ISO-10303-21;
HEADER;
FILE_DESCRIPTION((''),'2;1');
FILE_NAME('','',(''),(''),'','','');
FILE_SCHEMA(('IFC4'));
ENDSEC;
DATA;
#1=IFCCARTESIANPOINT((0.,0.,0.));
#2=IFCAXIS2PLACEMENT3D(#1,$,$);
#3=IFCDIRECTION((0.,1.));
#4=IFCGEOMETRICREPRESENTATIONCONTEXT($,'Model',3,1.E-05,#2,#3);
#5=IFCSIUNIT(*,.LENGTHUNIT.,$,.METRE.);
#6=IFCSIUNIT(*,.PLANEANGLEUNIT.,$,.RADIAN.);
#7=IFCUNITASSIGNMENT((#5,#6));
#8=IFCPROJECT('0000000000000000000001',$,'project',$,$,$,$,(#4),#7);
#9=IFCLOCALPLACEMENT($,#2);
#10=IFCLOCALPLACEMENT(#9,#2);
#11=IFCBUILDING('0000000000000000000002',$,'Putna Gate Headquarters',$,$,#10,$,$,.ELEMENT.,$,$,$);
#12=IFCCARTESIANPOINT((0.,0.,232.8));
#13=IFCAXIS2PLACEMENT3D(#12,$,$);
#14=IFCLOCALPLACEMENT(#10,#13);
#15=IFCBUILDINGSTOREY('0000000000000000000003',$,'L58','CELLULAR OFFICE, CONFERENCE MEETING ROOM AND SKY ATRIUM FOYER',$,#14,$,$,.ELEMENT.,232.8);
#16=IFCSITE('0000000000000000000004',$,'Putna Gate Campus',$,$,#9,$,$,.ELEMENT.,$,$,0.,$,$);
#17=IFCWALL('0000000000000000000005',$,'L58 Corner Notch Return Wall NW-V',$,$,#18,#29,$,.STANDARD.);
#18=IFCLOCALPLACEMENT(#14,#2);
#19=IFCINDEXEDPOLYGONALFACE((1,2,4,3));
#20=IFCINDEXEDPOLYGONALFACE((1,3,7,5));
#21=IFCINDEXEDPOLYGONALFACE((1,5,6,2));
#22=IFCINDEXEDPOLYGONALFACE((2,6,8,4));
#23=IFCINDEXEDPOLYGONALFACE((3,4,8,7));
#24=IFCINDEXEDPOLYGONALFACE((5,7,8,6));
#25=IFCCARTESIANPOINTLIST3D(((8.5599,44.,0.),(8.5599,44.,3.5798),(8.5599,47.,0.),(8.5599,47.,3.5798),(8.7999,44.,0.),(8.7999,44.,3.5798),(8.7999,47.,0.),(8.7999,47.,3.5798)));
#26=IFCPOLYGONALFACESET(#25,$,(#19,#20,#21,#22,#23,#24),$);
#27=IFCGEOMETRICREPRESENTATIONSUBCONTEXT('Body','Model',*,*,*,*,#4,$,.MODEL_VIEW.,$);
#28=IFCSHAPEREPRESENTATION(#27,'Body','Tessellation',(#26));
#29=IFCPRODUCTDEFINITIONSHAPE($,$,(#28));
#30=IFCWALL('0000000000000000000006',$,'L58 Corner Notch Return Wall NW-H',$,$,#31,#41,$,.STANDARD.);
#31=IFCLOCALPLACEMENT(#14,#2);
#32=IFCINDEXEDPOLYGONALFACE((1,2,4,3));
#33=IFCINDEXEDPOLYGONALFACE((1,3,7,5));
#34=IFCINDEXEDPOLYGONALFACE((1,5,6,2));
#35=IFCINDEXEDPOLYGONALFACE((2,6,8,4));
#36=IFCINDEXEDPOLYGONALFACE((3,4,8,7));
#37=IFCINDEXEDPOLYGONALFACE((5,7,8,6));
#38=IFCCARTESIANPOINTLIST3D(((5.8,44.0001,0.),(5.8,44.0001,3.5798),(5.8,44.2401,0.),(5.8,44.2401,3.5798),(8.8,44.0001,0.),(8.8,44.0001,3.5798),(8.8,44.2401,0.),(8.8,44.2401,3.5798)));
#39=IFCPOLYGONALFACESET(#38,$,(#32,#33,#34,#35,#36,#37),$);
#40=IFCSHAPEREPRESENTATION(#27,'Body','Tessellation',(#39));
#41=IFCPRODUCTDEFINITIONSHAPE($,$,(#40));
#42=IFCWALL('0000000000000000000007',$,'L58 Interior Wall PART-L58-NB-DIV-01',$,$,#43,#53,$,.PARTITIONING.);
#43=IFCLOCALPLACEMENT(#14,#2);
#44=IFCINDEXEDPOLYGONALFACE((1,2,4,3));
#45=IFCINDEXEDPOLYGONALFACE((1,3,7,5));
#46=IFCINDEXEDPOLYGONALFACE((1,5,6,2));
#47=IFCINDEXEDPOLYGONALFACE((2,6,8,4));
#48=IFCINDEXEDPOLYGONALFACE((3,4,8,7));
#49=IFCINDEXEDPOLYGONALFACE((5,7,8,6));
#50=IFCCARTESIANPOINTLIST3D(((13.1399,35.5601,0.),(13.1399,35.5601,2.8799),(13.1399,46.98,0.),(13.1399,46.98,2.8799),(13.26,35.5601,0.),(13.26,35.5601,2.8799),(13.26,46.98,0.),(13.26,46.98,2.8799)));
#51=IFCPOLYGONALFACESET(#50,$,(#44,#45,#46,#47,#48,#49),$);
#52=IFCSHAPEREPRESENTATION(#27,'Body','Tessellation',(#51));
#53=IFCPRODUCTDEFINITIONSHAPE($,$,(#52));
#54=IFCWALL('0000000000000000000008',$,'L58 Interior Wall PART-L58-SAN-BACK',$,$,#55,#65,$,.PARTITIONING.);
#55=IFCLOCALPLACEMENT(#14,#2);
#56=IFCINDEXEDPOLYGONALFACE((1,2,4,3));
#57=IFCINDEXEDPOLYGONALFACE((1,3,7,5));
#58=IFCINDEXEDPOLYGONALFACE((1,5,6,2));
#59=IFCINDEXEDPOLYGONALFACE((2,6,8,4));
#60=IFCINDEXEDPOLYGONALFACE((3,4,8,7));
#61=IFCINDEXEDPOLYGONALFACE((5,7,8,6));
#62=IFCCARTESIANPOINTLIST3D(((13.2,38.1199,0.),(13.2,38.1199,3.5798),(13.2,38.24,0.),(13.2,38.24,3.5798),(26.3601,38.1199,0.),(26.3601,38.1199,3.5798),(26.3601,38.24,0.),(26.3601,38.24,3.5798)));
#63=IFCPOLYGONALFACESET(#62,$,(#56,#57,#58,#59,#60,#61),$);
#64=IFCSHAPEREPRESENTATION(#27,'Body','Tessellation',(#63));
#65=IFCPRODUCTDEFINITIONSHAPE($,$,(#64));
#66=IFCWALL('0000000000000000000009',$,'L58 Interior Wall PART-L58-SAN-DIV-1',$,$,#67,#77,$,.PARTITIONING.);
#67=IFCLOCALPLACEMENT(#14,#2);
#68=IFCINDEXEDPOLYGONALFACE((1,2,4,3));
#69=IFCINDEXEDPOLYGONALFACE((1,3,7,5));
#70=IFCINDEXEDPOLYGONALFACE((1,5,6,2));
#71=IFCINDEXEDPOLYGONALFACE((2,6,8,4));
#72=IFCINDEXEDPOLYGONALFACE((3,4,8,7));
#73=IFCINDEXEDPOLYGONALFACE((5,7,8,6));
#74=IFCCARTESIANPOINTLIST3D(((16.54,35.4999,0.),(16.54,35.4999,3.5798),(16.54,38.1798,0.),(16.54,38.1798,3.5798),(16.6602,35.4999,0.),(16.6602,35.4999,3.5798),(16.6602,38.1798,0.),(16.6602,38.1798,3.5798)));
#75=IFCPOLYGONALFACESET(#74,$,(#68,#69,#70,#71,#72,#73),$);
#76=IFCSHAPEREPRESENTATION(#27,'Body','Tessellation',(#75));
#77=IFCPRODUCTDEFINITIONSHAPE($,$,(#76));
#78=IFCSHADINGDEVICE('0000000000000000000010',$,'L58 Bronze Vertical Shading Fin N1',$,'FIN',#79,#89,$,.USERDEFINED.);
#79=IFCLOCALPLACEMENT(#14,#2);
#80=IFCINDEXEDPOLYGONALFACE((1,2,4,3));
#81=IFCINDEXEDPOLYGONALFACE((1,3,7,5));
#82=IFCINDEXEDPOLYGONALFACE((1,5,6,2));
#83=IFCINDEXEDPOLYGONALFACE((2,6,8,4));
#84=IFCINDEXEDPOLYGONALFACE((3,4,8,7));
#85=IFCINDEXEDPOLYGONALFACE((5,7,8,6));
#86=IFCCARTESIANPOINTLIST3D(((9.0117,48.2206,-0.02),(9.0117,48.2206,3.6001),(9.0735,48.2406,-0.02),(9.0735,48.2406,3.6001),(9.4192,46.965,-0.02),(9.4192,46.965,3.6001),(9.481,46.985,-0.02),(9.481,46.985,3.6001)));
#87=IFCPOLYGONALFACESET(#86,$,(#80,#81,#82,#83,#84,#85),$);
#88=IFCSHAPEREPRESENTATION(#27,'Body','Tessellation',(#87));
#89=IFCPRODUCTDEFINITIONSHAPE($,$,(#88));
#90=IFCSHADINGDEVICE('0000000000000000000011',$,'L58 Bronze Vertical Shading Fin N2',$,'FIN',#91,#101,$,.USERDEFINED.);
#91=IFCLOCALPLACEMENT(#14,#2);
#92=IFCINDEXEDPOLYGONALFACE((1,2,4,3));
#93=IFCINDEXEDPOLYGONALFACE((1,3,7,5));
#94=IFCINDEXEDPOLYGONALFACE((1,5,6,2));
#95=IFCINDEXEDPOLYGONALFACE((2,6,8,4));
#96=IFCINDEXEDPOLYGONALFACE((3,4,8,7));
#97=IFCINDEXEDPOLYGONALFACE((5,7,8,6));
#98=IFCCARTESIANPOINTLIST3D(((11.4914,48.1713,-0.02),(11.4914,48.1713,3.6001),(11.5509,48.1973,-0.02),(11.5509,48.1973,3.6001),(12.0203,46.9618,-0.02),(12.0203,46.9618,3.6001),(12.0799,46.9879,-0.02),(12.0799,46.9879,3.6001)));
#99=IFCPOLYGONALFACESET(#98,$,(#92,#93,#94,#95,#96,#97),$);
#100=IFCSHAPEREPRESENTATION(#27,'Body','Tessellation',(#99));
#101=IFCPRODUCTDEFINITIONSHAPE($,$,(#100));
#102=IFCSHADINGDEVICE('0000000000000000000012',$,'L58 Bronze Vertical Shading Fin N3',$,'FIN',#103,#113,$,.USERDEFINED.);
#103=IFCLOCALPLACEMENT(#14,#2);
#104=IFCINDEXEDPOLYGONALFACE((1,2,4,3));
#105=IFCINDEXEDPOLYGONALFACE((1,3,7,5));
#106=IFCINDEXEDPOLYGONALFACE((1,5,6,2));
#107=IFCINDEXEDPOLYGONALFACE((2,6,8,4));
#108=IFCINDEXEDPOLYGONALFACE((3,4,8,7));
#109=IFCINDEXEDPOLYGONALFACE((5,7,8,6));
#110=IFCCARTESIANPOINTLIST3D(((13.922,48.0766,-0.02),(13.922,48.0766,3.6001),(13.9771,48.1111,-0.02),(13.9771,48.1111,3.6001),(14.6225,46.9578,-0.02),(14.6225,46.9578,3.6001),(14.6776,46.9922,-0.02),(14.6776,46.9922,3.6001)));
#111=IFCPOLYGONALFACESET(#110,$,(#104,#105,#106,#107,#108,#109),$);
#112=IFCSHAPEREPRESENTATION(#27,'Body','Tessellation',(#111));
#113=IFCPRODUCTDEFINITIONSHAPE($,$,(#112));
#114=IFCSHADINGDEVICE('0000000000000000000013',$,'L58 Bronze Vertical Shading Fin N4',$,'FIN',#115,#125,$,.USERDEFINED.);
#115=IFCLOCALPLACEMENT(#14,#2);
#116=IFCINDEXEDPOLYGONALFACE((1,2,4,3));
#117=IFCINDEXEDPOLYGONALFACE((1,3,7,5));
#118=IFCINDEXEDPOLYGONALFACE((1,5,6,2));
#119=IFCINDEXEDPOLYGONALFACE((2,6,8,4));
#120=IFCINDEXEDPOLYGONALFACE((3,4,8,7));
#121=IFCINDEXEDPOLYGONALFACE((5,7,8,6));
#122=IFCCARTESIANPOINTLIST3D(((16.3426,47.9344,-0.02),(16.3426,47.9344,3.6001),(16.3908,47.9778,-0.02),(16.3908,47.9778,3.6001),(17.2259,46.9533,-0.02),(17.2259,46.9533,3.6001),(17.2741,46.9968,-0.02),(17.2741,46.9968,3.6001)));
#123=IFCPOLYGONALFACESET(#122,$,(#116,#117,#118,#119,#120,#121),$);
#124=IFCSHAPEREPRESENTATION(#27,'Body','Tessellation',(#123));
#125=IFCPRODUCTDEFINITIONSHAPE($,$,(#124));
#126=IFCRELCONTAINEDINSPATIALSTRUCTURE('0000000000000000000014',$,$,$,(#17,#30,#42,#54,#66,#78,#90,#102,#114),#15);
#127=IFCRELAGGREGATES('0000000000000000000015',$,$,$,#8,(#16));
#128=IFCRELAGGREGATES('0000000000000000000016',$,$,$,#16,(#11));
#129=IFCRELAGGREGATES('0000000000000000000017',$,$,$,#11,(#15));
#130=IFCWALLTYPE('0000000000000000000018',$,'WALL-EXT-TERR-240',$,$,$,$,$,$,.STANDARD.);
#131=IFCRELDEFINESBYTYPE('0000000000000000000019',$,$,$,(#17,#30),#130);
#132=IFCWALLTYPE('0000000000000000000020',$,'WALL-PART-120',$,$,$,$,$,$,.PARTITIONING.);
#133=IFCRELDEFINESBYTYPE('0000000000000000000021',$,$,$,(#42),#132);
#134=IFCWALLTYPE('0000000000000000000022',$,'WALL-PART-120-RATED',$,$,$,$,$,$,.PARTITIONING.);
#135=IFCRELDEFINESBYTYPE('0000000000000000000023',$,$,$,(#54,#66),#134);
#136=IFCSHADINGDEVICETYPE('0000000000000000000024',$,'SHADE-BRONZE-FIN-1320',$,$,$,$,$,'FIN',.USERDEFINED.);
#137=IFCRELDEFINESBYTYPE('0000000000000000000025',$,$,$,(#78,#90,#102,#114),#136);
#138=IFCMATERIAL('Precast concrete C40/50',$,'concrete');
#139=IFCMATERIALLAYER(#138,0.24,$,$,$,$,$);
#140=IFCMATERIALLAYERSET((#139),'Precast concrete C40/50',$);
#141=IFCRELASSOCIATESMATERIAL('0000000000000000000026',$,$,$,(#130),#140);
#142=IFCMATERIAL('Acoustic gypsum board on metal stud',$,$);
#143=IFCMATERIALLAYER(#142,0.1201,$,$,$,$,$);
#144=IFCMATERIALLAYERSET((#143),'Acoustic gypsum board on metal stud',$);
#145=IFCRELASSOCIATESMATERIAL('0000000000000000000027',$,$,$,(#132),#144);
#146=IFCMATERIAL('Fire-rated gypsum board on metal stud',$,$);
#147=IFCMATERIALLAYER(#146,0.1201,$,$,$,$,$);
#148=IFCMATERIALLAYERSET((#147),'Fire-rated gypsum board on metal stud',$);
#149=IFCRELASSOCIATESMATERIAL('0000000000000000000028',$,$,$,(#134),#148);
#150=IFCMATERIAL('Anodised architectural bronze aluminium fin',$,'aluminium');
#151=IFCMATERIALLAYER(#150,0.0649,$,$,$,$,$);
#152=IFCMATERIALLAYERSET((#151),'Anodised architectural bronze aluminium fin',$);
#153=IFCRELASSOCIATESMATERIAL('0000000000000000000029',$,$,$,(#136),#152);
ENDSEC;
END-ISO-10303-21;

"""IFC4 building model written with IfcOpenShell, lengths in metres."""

from ifc_helpers import new_model, si_unit, direction, frame, frame_2d, origin, origin_2d, place, context, subcontext, project, spatial, rectangle, extrude, material, layer, layer_set, type_object, element, save


model = new_model("IFC4")

# Units and contexts
model_context = context("Model", 3, precision=1e-05, world=origin(), true_north=direction((0.0, 1.0)))
body_context = subcontext(model_context, "Body", "Model", "MODEL_VIEW")
ifc_project = project(units=[si_unit("LENGTHUNIT", "METRE"), si_unit("PLANEANGLEUNIT", "RADIAN")], contexts=[model_context])

# Site, building, storey
site_placement = place(None, origin())
site = spatial("IfcSite", under=ifc_project, at=site_placement, Name="Putna Gate Campus", CompositionType="ELEMENT", RefElevation=0.0)
building_placement = place(site_placement, origin())
building = spatial("IfcBuilding", under=site, at=building_placement, Name="Putna Gate Headquarters", CompositionType="ELEMENT")
storey_placement = place(building_placement, frame((0.0, 0.0, 232.8)))
storey = spatial("IfcBuildingStorey", under=building, at=storey_placement, Name="L58", Description="CELLULAR OFFICE, CONFERENCE MEETING ROOM AND SKY ATRIUM FOYER", CompositionType="ELEMENT", Elevation=232.8)

# Walls
ifc_material_1 = material(Name="Precast concrete C40/50", Category="concrete")
ifc_layer_1 = layer(ifc_material_1, 0.24)
ifc_layer_set_1 = layer_set([ifc_layer_1], Name="Precast concrete C40/50")
wall_type_1 = type_object("IfcWallType", Name="WALL-EXT-TERR-240", PredefinedType="STANDARD", material=ifc_layer_set_1)
for number, where, z_axis, x_axis, name in (
    (1, (8.6799, 44.0, 0.0), (0.0, 0.0, 1.0), (0.0, 1.0, 0.0), "L58 Corner Notch Return Wall NW-V"),
    (2, (5.8, 44.1201, 0.0), (0.0, 0.0, 1.0), (1.0, 0.0, 0.0), "L58 Corner Notch Return Wall NW-H"),
):
    element("IfcWall", number, at=place(storey_placement, frame(where, z_axis=z_axis, x_axis=x_axis)), inside=storey, type_object=wall_type_1, Name=name, PredefinedType="STANDARD", context=body_context, shape_type="SweptSolid", body=[
        extrude(rectangle(XDim=3.0, YDim=0.24, at=frame_2d((1.5, 0.0))), origin(), (0.0, 0.0, 1.0), 3.5798),
    ])
ifc_material_2 = material(Name="Acoustic gypsum board on metal stud")
ifc_layer_2 = layer(ifc_material_2, 0.1201)
ifc_layer_set_2 = layer_set([ifc_layer_2], Name="Acoustic gypsum board on metal stud")
wall_type_2 = type_object("IfcWallType", Name="WALL-PART-120", PredefinedType="PARTITIONING", material=ifc_layer_set_2)
wall_1_placement = place(storey_placement, frame((13.2, 35.5601, 0.0), z_axis=(0.0, 0.0, 1.0), x_axis=(0.0, 1.0, 0.0)))
element("IfcWall", 3, at=wall_1_placement, inside=storey, type_object=wall_type_2, Name="L58 Interior Wall PART-L58-NB-DIV-01", PredefinedType="PARTITIONING", context=body_context, shape_type="SweptSolid", body=[
    extrude(rectangle(XDim=11.4199, YDim=0.1201, at=frame_2d((5.71, 0.0))), origin(), (0.0, 0.0, 1.0), 2.8799),
])

# Shared definitions
ifc_material_3 = material(Name="Fire-rated gypsum board on metal stud")
ifc_layer_3 = layer(ifc_material_3, 0.1201)
ifc_layer_set_3 = layer_set([ifc_layer_3], Name="Fire-rated gypsum board on metal stud")
wall_type_3 = type_object("IfcWallType", Name="WALL-PART-120-RATED", PredefinedType="PARTITIONING", material=ifc_layer_set_3)

# Walls
wall_2_placement = place(storey_placement, frame((13.2, 38.1799, 0.0), z_axis=(0.0, 0.0, 1.0), x_axis=(1.0, 0.0, 0.0)))
element("IfcWall", 4, at=wall_2_placement, inside=storey, type_object=wall_type_3, Name="L58 Interior Wall PART-L58-SAN-BACK", PredefinedType="PARTITIONING", context=body_context, shape_type="SweptSolid", body=[
    extrude(rectangle(XDim=13.1602, YDim=0.1201, at=frame_2d((6.5801, 0.0))), origin(), (0.0, 0.0, 1.0), 3.5798),
])
wall_3_placement = place(storey_placement, frame((16.6001, 35.5, 0.0), z_axis=(0.0, 0.0, 1.0), x_axis=(0.0, 1.0, 0.0)))
element("IfcWall", 5, at=wall_3_placement, inside=storey, type_object=wall_type_3, Name="L58 Interior Wall PART-L58-SAN-DIV-1", PredefinedType="PARTITIONING", context=body_context, shape_type="SweptSolid", body=[
    extrude(rectangle(XDim=2.6799, YDim=0.1201, at=frame_2d((1.3398, 0.0))), origin(), (0.0, 0.0, 1.0), 3.5798),
])

# Shading devices
ifc_material_4 = material(Name="Anodised architectural bronze aluminium fin", Category="aluminium")
ifc_layer_4 = layer(ifc_material_4, 0.0649)
ifc_layer_set_4 = layer_set([ifc_layer_4], Name="Anodised architectural bronze aluminium fin")
shading_device_type = type_object("IfcShadingDeviceType", Name="SHADE-BRONZE-FIN-1320", ElementType="FIN", PredefinedType="USERDEFINED", material=ifc_layer_set_4)
for number, where, z_axis, x_axis, name in (
    (6, (9.2463, 47.6028, -0.02), (0.0, 0.0, 1.0), (-0.308685, 0.951164, 0.0), "L58 Bronze Vertical Shading Fin N1"),
    (7, (11.7856, 47.5796, -0.02), (0.0, 0.0, 1.0), (-0.400669, 0.916223, 0.0), "L58 Bronze Vertical Shading Fin N2"),
    (8, (14.2998, 47.5344, -0.02), (0.0, 0.0, 1.0), (-0.530659, 0.847585, 0.0), "L58 Bronze Vertical Shading Fin N3"),
    (9, (16.8083, 47.4656, -0.02), (0.0, 0.0, 1.0), (-0.669131, 0.743145, 0.0), "L58 Bronze Vertical Shading Fin N4"),
):
    element("IfcShadingDevice", number, at=place(storey_placement, frame(where, z_axis=z_axis, x_axis=x_axis)), inside=storey, type_object=shading_device_type, Name=name, ObjectType="FIN", PredefinedType="USERDEFINED", context=body_context, shape_type="SweptSolid", body=[
        extrude(rectangle(XDim=1.3201, YDim=0.0649, at=origin_2d()), origin(), (0.0, 0.0, 1.0), 3.6201),
    ])

save(model, "model.ifc")
